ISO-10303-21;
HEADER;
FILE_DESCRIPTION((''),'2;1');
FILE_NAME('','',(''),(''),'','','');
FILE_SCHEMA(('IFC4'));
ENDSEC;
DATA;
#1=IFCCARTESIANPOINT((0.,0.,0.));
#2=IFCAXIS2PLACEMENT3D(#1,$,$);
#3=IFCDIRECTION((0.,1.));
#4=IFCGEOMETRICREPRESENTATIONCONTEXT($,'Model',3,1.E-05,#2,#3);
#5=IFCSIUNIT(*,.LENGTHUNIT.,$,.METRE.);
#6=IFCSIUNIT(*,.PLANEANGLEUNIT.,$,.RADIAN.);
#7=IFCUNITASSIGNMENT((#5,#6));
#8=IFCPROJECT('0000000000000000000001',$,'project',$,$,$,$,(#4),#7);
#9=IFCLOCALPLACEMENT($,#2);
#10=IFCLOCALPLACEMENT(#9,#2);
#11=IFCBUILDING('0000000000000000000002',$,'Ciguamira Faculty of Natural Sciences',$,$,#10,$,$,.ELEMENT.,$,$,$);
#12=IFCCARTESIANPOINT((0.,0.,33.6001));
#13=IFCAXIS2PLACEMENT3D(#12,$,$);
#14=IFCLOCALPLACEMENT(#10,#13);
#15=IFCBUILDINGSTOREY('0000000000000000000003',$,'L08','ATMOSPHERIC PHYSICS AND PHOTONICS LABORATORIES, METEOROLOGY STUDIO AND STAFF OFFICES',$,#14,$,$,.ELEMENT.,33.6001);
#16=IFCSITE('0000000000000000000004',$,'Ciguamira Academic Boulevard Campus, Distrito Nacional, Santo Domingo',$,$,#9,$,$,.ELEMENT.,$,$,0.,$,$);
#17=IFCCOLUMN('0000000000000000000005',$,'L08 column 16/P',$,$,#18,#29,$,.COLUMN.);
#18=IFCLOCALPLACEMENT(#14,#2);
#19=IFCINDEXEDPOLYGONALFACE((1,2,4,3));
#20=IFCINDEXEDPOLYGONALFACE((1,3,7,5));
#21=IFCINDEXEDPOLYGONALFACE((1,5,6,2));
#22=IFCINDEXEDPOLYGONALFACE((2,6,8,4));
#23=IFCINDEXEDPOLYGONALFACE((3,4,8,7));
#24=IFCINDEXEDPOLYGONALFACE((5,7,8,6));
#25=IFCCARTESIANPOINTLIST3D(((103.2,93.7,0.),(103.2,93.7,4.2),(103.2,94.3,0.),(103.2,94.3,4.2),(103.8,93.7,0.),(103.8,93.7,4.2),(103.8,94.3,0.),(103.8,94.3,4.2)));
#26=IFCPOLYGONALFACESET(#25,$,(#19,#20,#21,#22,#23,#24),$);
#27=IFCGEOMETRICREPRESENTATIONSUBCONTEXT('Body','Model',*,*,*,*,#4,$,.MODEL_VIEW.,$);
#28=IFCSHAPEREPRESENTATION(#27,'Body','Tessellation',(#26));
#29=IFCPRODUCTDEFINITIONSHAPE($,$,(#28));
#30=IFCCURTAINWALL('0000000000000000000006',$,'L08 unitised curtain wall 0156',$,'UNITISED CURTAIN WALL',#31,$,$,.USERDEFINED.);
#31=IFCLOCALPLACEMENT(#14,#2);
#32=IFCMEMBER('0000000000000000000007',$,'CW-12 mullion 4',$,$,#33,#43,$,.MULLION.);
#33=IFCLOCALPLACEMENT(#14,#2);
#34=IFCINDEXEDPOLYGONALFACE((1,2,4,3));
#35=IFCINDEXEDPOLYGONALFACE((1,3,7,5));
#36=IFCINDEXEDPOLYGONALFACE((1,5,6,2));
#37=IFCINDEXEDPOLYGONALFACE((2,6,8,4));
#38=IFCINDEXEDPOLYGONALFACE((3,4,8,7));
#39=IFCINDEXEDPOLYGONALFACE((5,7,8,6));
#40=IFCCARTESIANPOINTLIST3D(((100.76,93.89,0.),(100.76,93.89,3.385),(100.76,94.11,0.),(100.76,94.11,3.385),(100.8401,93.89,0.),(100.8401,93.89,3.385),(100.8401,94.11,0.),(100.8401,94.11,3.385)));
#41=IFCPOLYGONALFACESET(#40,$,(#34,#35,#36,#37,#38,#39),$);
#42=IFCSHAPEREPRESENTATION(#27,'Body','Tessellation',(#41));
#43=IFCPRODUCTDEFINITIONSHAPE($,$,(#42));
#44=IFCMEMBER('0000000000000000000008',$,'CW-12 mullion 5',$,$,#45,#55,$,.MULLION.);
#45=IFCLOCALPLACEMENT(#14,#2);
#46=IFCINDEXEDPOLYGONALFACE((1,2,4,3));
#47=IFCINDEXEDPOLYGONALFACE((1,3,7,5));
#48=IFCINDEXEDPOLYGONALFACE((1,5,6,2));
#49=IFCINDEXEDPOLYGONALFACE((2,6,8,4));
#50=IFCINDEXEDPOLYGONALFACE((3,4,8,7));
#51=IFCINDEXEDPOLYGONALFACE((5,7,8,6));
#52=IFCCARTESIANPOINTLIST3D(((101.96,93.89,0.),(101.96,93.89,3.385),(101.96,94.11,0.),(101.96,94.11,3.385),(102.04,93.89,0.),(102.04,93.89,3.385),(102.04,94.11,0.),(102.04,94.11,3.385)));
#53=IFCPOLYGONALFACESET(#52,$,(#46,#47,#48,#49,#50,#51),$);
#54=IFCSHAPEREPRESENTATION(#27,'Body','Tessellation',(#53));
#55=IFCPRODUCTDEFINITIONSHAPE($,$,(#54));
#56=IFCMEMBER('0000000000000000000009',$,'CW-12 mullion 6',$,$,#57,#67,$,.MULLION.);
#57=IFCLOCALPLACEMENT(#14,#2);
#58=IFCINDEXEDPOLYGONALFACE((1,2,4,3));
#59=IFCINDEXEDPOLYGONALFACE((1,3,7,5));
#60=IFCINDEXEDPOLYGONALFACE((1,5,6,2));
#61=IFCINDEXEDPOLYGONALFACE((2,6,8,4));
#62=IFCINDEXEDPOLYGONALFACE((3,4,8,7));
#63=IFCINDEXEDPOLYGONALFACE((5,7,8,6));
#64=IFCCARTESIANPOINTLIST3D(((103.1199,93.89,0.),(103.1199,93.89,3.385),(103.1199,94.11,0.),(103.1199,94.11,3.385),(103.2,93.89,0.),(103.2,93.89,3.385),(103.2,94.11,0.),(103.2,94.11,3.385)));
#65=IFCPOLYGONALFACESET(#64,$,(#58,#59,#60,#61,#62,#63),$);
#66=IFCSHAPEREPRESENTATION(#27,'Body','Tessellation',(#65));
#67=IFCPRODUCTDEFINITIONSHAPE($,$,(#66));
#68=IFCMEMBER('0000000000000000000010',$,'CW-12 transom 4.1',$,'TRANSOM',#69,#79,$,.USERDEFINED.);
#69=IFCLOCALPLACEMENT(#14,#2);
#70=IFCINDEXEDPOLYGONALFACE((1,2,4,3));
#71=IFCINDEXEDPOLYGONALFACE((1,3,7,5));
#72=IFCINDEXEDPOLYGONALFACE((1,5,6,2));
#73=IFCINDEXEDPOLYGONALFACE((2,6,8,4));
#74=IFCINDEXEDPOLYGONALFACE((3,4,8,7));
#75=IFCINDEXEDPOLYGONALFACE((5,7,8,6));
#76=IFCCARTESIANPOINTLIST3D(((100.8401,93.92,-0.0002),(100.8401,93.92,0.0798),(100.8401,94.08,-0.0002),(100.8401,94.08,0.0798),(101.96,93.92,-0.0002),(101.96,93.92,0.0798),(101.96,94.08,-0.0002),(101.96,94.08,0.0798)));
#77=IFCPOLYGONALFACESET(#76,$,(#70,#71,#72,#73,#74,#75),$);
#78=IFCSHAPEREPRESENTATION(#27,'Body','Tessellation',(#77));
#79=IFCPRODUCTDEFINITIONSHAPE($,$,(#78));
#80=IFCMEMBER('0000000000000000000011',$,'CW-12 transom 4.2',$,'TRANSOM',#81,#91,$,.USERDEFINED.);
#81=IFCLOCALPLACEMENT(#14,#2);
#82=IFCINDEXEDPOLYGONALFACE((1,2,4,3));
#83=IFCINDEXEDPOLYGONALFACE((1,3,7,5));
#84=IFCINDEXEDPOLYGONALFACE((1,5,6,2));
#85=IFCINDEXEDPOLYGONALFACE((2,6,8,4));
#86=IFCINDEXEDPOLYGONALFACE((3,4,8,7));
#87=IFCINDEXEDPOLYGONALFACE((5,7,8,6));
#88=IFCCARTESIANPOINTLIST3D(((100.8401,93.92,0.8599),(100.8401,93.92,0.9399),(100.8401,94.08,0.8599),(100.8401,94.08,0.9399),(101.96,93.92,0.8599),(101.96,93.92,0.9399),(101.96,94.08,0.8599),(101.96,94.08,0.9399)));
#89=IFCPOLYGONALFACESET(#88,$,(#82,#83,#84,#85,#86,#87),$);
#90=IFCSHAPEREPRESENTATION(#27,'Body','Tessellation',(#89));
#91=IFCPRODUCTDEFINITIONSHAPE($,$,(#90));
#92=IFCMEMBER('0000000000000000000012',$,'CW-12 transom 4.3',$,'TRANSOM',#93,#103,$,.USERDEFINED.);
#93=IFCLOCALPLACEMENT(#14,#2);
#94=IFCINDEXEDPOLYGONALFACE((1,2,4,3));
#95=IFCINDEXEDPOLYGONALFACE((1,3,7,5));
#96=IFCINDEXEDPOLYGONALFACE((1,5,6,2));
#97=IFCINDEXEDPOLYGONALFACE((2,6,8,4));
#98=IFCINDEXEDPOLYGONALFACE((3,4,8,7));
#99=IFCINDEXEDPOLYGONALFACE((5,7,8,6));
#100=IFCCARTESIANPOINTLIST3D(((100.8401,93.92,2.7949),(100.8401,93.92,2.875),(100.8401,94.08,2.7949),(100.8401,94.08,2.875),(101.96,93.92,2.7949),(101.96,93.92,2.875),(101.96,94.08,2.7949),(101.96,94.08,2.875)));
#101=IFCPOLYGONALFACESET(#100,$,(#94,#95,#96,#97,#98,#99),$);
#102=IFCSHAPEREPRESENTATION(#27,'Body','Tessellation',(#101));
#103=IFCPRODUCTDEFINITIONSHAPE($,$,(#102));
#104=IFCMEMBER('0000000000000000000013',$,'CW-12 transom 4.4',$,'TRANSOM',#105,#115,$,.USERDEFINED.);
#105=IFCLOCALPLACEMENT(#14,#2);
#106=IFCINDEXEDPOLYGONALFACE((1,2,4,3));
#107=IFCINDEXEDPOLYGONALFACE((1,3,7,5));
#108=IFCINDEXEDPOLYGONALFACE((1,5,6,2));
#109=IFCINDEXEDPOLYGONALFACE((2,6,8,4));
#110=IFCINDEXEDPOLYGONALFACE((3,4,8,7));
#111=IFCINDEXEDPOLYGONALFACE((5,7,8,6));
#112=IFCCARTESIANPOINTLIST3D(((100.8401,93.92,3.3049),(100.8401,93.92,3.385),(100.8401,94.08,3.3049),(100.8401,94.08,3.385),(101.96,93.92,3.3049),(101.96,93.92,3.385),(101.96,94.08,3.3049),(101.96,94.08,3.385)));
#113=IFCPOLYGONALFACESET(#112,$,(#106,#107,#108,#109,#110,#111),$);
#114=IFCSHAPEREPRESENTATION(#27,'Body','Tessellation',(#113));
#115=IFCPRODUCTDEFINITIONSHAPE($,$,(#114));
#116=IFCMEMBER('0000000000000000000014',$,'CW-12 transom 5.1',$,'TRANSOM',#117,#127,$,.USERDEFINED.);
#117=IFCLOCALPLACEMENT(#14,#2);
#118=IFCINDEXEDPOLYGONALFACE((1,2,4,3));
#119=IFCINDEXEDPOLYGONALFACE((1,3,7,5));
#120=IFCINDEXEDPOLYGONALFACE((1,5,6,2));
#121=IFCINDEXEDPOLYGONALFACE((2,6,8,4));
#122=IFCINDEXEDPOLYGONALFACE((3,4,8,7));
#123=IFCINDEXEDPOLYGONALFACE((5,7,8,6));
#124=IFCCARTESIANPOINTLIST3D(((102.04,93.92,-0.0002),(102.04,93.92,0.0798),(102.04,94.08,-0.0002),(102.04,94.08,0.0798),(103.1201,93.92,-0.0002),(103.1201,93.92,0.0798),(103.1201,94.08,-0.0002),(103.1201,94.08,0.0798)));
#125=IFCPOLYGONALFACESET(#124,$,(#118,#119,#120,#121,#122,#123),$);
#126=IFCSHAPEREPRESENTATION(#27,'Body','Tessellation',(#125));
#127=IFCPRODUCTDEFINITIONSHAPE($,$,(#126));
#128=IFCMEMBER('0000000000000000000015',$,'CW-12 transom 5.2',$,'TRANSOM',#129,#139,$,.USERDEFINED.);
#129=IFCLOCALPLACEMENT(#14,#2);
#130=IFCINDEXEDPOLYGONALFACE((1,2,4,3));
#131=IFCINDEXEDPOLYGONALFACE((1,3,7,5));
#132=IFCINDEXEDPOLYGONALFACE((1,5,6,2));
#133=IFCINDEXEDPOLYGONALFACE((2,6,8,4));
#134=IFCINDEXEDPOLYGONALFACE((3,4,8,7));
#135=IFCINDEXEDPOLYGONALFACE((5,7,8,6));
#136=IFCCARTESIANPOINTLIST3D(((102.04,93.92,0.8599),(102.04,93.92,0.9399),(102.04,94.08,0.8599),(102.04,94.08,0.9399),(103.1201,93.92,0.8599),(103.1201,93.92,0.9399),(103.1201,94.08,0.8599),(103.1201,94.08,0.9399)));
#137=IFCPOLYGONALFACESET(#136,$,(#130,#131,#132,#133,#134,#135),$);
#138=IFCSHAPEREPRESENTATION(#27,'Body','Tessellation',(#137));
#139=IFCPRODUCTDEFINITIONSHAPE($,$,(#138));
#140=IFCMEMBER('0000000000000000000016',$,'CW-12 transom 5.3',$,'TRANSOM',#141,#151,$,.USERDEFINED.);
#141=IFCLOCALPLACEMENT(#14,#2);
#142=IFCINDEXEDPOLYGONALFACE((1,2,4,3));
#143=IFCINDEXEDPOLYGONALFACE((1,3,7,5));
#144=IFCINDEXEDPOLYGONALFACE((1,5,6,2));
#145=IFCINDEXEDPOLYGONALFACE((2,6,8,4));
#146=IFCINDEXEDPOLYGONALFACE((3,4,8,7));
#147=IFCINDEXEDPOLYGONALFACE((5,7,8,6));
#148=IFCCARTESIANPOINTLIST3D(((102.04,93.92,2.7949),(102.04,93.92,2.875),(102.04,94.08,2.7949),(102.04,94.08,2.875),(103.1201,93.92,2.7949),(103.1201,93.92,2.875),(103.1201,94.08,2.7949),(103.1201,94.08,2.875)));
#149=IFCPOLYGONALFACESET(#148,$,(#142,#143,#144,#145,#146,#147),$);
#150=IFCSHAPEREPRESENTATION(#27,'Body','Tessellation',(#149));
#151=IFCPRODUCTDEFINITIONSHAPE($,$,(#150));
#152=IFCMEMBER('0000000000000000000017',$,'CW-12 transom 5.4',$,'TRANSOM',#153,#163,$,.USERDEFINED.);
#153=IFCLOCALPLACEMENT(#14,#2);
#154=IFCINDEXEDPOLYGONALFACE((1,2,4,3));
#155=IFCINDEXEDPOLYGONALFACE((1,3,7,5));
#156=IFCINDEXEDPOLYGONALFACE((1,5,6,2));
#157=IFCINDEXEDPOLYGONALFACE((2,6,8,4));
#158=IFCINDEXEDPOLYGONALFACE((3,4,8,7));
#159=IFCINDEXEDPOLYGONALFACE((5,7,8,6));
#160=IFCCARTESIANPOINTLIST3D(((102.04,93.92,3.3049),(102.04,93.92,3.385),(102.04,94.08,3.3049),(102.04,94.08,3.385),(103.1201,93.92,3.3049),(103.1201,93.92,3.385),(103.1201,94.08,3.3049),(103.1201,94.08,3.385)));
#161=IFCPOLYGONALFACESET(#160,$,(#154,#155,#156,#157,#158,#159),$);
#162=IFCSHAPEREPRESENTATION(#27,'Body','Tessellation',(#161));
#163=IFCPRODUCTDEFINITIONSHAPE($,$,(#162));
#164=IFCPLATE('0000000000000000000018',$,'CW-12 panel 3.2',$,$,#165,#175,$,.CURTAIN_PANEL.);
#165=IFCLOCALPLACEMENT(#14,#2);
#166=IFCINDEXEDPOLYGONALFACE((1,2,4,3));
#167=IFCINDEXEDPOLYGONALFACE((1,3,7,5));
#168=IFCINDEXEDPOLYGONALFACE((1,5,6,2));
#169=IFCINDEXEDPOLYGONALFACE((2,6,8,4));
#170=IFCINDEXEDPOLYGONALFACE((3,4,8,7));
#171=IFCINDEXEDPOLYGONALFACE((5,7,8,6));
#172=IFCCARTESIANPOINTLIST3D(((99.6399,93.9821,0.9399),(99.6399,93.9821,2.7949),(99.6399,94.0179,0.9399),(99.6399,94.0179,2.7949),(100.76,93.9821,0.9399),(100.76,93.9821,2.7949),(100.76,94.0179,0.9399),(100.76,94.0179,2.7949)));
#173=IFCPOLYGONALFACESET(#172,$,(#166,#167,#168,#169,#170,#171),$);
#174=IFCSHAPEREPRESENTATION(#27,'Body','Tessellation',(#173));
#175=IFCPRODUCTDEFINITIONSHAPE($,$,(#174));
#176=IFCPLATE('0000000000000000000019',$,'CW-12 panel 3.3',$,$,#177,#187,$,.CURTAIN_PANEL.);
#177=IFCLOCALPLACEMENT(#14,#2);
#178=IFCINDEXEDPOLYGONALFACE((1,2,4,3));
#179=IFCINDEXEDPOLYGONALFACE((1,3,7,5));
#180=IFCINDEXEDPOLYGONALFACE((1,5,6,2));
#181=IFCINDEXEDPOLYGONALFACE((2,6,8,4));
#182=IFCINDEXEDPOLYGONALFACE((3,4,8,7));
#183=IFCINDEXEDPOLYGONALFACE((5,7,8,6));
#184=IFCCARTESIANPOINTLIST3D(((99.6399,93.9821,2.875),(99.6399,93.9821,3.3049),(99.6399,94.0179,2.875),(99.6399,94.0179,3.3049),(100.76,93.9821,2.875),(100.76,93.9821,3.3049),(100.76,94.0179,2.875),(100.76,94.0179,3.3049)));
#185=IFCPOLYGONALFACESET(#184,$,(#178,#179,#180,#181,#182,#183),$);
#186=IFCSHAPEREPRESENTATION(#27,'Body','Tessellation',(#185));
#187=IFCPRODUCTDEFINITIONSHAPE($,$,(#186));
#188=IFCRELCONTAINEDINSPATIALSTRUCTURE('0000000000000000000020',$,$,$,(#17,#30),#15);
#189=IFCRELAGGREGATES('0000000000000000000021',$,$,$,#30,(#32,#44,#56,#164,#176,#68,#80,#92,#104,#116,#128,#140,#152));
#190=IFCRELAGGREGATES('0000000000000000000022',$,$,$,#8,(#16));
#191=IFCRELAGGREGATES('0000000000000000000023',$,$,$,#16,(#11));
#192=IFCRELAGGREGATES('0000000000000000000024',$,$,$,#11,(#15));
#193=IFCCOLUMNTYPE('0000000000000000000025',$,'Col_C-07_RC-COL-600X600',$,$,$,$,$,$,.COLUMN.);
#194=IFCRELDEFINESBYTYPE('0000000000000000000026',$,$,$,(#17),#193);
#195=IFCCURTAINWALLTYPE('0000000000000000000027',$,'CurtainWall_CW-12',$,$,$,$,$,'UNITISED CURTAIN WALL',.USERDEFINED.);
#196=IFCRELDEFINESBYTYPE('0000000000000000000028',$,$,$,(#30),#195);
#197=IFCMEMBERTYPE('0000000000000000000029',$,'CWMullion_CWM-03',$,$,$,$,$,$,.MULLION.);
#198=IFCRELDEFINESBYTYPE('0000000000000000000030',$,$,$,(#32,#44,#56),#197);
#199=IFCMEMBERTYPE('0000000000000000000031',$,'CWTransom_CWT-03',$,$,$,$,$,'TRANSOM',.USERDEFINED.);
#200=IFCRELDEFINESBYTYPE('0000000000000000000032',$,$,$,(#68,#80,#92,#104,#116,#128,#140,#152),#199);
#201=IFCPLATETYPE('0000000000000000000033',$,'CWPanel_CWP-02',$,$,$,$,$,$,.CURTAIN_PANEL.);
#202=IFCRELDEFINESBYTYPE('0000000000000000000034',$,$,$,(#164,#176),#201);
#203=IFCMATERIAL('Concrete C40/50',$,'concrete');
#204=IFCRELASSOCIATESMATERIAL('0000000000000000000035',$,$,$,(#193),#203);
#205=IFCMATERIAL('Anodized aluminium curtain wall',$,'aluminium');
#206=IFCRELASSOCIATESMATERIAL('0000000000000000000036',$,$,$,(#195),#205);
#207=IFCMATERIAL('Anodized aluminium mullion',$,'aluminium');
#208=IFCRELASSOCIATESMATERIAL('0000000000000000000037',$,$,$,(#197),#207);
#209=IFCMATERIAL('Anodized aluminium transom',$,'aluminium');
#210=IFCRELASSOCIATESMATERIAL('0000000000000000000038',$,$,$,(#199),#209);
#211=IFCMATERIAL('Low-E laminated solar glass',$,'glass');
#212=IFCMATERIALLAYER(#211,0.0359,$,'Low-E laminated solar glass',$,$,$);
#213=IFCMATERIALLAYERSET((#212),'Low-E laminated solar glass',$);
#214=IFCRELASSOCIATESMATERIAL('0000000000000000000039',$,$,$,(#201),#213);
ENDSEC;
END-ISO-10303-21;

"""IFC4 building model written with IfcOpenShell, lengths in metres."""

from ifc_helpers import new_model, si_unit, direction, frame, origin, origin_2d, place, context, subcontext, project, spatial, rectangle, extrude, material, layer, layer_set, material_profile, profile_set, type_object, element, aggregate, save


model = new_model("IFC4")

# Units and contexts
model_context = context("Model", 3, precision=1e-05, world=origin(), true_north=direction((0.0, 1.0)))
body_context = subcontext(model_context, "Body", "Model", "MODEL_VIEW")
ifc_project = project(units=[si_unit("LENGTHUNIT", "METRE"), si_unit("PLANEANGLEUNIT", "RADIAN")], contexts=[model_context])

# Site, building, storey
site_placement = place(None, origin())
site = spatial("IfcSite", under=ifc_project, at=site_placement, Name="Ciguamira Academic Boulevard Campus, Distrito Nacional, Santo Domingo", CompositionType="ELEMENT", RefElevation=0.0)
building_placement = place(site_placement, origin())
building = spatial("IfcBuilding", under=site, at=building_placement, Name="Ciguamira Faculty of Natural Sciences", CompositionType="ELEMENT")
storey_placement = place(building_placement, frame((0.0, 0.0, 33.6001)))
storey = spatial("IfcBuildingStorey", under=building, at=storey_placement, Name="L08", Description="ATMOSPHERIC PHYSICS AND PHOTONICS LABORATORIES, METEOROLOGY STUDIO AND STAFF OFFICES", CompositionType="ELEMENT", Elevation=33.6001)

# Column
ifc_material_1 = material(Name="Concrete C40/50", Category="concrete")
ifc_material_profile_1 = material_profile(ifc_material_1, rectangle(XDim=0.6001, YDim=0.6001, at=origin_2d()), Name="RC-COL-600X600")
ifc_profile_set_1 = profile_set([ifc_material_profile_1], Name="Concrete C40/50")
column_type = type_object("IfcColumnType", Name="Col_C-07_RC-COL-600X600", PredefinedType="COLUMN", material=ifc_profile_set_1)
column_placement = place(storey_placement, frame((103.5, 94.0, 0.0), z_axis=(0.0, 0.0, 1.0), x_axis=(1.0, 0.0, 0.0)))
element("IfcColumn", 1, at=column_placement, inside=storey, type_object=column_type, Name="L08 column 16/P", PredefinedType="COLUMN", context=body_context, shape_type="SweptSolid", body=[
    extrude(rectangle(XDim=0.6001, YDim=0.6001, at=origin_2d()), origin(), (0.0, 0.0, 1.0), 4.2),
])

# Curtain wall, members, plates
ifc_material_2 = material(Name="Anodized aluminium curtain wall", Category="aluminium")
curtain_wall_type = type_object("IfcCurtainWallType", Name="CurtainWall_CW-12", ElementType="UNITISED CURTAIN WALL", PredefinedType="USERDEFINED", material=ifc_material_2)
curtain_wall_placement = place(storey_placement, origin())
curtain_wall = element("IfcCurtainWall", 2, at=curtain_wall_placement, inside=storey, type_object=curtain_wall_type, Name="L08 unitised curtain wall 0156", ObjectType="UNITISED CURTAIN WALL", PredefinedType="USERDEFINED")
ifc_material_3 = material(Name="Anodized aluminium mullion", Category="aluminium")
ifc_material_profile_2 = material_profile(ifc_material_3, rectangle(XDim=0.0801, YDim=0.22, at=origin_2d()), Name="ALU-MUL-80X220")
ifc_profile_set_2 = profile_set([ifc_material_profile_2], Name="Anodized aluminium mullion")
member_type_1 = type_object("IfcMemberType", Name="CWMullion_CWM-03", PredefinedType="MULLION", material=ifc_profile_set_2)
member_1_placement = place(storey_placement, frame((100.8, 94.0, 0.0), z_axis=(0.0, 0.0, 1.0), x_axis=(1.0, 0.0, 0.0)))
member_1 = element("IfcMember", 3, at=member_1_placement, type_object=member_type_1, Name="CW-12 mullion 4", PredefinedType="MULLION", context=body_context, shape_type="SweptSolid", body=[
    extrude(rectangle(XDim=0.0801, YDim=0.22, at=origin_2d()), origin(), (0.0, 0.0, 1.0), 3.385),
])
member_2_placement = place(storey_placement, frame((102.0, 94.0, 0.0), z_axis=(0.0, 0.0, 1.0), x_axis=(1.0, 0.0, 0.0)))
member_2 = element("IfcMember", 4, at=member_2_placement, type_object=member_type_1, Name="CW-12 mullion 5", PredefinedType="MULLION", context=body_context, shape_type="SweptSolid", body=[
    extrude(rectangle(XDim=0.0801, YDim=0.22, at=origin_2d()), origin(), (0.0, 0.0, 1.0), 3.385),
])
member_3_placement = place(storey_placement, frame((103.1599, 94.0, 0.0), z_axis=(0.0, 0.0, 1.0), x_axis=(1.0, 0.0, 0.0)))
member_3 = element("IfcMember", 5, at=member_3_placement, type_object=member_type_1, Name="CW-12 mullion 6", PredefinedType="MULLION", context=body_context, shape_type="SweptSolid", body=[
    extrude(rectangle(XDim=0.0801, YDim=0.22, at=origin_2d()), origin(), (0.0, 0.0, 1.0), 3.385),
])
ifc_material_4 = material(Name="Anodized aluminium transom", Category="aluminium")
ifc_material_profile_3 = material_profile(ifc_material_4, rectangle(XDim=0.0801, YDim=0.1599, at=origin_2d()), Name="ALU-TRN-80X160")
ifc_profile_set_3 = profile_set([ifc_material_profile_3], Name="Anodized aluminium transom")
member_type_2 = type_object("IfcMemberType", Name="CWTransom_CWT-03", ElementType="TRANSOM", PredefinedType="USERDEFINED", material=ifc_profile_set_3)
member_4_placement = place(storey_placement, frame((100.8401, 94.0, 0.0398), z_axis=(1.0, 0.0, 0.0), x_axis=(0.0, 0.0, 1.0)))
member_4 = element("IfcMember", 6, at=member_4_placement, type_object=member_type_2, Name="CW-12 transom 4.1", ObjectType="TRANSOM", PredefinedType="USERDEFINED", context=body_context, shape_type="SweptSolid", body=[
    extrude(rectangle(XDim=0.0801, YDim=0.1599, at=origin_2d()), origin(), (0.0, 0.0, 1.0), 1.1199),
])
member_5_placement = place(storey_placement, frame((100.8401, 94.0, 0.8999), z_axis=(1.0, 0.0, 0.0), x_axis=(0.0, 0.0, 1.0)))
member_5 = element("IfcMember", 7, at=member_5_placement, type_object=member_type_2, Name="CW-12 transom 4.2", ObjectType="TRANSOM", PredefinedType="USERDEFINED", context=body_context, shape_type="SweptSolid", body=[
    extrude(rectangle(XDim=0.0801, YDim=0.1599, at=origin_2d()), origin(), (0.0, 0.0, 1.0), 1.1199),
])
member_6_placement = place(storey_placement, frame((100.8401, 94.0, 2.835), z_axis=(1.0, 0.0, 0.0), x_axis=(0.0, 0.0, 1.0)))
member_6 = element("IfcMember", 8, at=member_6_placement, type_object=member_type_2, Name="CW-12 transom 4.3", ObjectType="TRANSOM", PredefinedType="USERDEFINED", context=body_context, shape_type="SweptSolid", body=[
    extrude(rectangle(XDim=0.0801, YDim=0.1599, at=origin_2d()), origin(), (0.0, 0.0, 1.0), 1.1199),
])
member_7_placement = place(storey_placement, frame((100.8401, 94.0, 3.345), z_axis=(1.0, 0.0, 0.0), x_axis=(0.0, 0.0, 1.0)))
member_7 = element("IfcMember", 9, at=member_7_placement, type_object=member_type_2, Name="CW-12 transom 4.4", ObjectType="TRANSOM", PredefinedType="USERDEFINED", context=body_context, shape_type="SweptSolid", body=[
    extrude(rectangle(XDim=0.0801, YDim=0.1599, at=origin_2d()), origin(), (0.0, 0.0, 1.0), 1.1199),
])
member_8_placement = place(storey_placement, frame((102.04, 94.0, 0.0398), z_axis=(1.0, 0.0, 0.0), x_axis=(0.0, 0.0, 1.0)))
member_8 = element("IfcMember", 10, at=member_8_placement, type_object=member_type_2, Name="CW-12 transom 5.1", ObjectType="TRANSOM", PredefinedType="USERDEFINED", context=body_context, shape_type="SweptSolid", body=[
    extrude(rectangle(XDim=0.0801, YDim=0.1599, at=origin_2d()), origin(), (0.0, 0.0, 1.0), 1.0801),
])
member_9_placement = place(storey_placement, frame((102.04, 94.0, 0.8999), z_axis=(1.0, 0.0, 0.0), x_axis=(0.0, 0.0, 1.0)))
member_9 = element("IfcMember", 11, at=member_9_placement, type_object=member_type_2, Name="CW-12 transom 5.2", ObjectType="TRANSOM", PredefinedType="USERDEFINED", context=body_context, shape_type="SweptSolid", body=[
    extrude(rectangle(XDim=0.0801, YDim=0.1599, at=origin_2d()), origin(), (0.0, 0.0, 1.0), 1.0801),
])
member_10_placement = place(storey_placement, frame((102.04, 94.0, 2.835), z_axis=(1.0, 0.0, 0.0), x_axis=(0.0, 0.0, 1.0)))
member_10 = element("IfcMember", 12, at=member_10_placement, type_object=member_type_2, Name="CW-12 transom 5.3", ObjectType="TRANSOM", PredefinedType="USERDEFINED", context=body_context, shape_type="SweptSolid", body=[
    extrude(rectangle(XDim=0.0801, YDim=0.1599, at=origin_2d()), origin(), (0.0, 0.0, 1.0), 1.0801),
])
member_11_placement = place(storey_placement, frame((102.04, 94.0, 3.345), z_axis=(1.0, 0.0, 0.0), x_axis=(0.0, 0.0, 1.0)))
member_11 = element("IfcMember", 13, at=member_11_placement, type_object=member_type_2, Name="CW-12 transom 5.4", ObjectType="TRANSOM", PredefinedType="USERDEFINED", context=body_context, shape_type="SweptSolid", body=[
    extrude(rectangle(XDim=0.0801, YDim=0.1599, at=origin_2d()), origin(), (0.0, 0.0, 1.0), 1.0801),
])
ifc_material_5 = material(Name="Low-E laminated solar glass", Category="glass")
ifc_layer_1 = layer(ifc_material_5, 0.0359, Name="Low-E laminated solar glass")
ifc_layer_set_1 = layer_set([ifc_layer_1], Name="Low-E laminated solar glass")
plate_type = type_object("IfcPlateType", Name="CWPanel_CWP-02", PredefinedType="CURTAIN_PANEL", material=ifc_layer_set_1)
plate_1_placement = place(storey_placement, frame((100.2, 94.0, 0.9399), z_axis=(0.0, 0.0, 1.0), x_axis=(1.0, 0.0, 0.0)))
plate_1 = element("IfcPlate", 14, at=plate_1_placement, type_object=plate_type, Name="CW-12 panel 3.2", PredefinedType="CURTAIN_PANEL", context=body_context, shape_type="SweptSolid", body=[
    extrude(rectangle(XDim=1.1201, YDim=0.0359, at=origin_2d()), origin(), (0.0, 0.0, 1.0), 1.855),
])
plate_2_placement = place(storey_placement, frame((100.2, 94.0, 2.875), z_axis=(0.0, 0.0, 1.0), x_axis=(1.0, 0.0, 0.0)))
plate_2 = element("IfcPlate", 15, at=plate_2_placement, type_object=plate_type, Name="CW-12 panel 3.3", PredefinedType="CURTAIN_PANEL", context=body_context, shape_type="SweptSolid", body=[
    extrude(rectangle(XDim=1.1201, YDim=0.0359, at=origin_2d()), origin(), (0.0, 0.0, 1.0), 0.4299),
])
aggregate(curtain_wall, [member_1, member_2, member_3, plate_1, plate_2, member_4, member_5, member_6, member_7, member_8, member_9, member_10, member_11])

save(model, "model.ifc")
